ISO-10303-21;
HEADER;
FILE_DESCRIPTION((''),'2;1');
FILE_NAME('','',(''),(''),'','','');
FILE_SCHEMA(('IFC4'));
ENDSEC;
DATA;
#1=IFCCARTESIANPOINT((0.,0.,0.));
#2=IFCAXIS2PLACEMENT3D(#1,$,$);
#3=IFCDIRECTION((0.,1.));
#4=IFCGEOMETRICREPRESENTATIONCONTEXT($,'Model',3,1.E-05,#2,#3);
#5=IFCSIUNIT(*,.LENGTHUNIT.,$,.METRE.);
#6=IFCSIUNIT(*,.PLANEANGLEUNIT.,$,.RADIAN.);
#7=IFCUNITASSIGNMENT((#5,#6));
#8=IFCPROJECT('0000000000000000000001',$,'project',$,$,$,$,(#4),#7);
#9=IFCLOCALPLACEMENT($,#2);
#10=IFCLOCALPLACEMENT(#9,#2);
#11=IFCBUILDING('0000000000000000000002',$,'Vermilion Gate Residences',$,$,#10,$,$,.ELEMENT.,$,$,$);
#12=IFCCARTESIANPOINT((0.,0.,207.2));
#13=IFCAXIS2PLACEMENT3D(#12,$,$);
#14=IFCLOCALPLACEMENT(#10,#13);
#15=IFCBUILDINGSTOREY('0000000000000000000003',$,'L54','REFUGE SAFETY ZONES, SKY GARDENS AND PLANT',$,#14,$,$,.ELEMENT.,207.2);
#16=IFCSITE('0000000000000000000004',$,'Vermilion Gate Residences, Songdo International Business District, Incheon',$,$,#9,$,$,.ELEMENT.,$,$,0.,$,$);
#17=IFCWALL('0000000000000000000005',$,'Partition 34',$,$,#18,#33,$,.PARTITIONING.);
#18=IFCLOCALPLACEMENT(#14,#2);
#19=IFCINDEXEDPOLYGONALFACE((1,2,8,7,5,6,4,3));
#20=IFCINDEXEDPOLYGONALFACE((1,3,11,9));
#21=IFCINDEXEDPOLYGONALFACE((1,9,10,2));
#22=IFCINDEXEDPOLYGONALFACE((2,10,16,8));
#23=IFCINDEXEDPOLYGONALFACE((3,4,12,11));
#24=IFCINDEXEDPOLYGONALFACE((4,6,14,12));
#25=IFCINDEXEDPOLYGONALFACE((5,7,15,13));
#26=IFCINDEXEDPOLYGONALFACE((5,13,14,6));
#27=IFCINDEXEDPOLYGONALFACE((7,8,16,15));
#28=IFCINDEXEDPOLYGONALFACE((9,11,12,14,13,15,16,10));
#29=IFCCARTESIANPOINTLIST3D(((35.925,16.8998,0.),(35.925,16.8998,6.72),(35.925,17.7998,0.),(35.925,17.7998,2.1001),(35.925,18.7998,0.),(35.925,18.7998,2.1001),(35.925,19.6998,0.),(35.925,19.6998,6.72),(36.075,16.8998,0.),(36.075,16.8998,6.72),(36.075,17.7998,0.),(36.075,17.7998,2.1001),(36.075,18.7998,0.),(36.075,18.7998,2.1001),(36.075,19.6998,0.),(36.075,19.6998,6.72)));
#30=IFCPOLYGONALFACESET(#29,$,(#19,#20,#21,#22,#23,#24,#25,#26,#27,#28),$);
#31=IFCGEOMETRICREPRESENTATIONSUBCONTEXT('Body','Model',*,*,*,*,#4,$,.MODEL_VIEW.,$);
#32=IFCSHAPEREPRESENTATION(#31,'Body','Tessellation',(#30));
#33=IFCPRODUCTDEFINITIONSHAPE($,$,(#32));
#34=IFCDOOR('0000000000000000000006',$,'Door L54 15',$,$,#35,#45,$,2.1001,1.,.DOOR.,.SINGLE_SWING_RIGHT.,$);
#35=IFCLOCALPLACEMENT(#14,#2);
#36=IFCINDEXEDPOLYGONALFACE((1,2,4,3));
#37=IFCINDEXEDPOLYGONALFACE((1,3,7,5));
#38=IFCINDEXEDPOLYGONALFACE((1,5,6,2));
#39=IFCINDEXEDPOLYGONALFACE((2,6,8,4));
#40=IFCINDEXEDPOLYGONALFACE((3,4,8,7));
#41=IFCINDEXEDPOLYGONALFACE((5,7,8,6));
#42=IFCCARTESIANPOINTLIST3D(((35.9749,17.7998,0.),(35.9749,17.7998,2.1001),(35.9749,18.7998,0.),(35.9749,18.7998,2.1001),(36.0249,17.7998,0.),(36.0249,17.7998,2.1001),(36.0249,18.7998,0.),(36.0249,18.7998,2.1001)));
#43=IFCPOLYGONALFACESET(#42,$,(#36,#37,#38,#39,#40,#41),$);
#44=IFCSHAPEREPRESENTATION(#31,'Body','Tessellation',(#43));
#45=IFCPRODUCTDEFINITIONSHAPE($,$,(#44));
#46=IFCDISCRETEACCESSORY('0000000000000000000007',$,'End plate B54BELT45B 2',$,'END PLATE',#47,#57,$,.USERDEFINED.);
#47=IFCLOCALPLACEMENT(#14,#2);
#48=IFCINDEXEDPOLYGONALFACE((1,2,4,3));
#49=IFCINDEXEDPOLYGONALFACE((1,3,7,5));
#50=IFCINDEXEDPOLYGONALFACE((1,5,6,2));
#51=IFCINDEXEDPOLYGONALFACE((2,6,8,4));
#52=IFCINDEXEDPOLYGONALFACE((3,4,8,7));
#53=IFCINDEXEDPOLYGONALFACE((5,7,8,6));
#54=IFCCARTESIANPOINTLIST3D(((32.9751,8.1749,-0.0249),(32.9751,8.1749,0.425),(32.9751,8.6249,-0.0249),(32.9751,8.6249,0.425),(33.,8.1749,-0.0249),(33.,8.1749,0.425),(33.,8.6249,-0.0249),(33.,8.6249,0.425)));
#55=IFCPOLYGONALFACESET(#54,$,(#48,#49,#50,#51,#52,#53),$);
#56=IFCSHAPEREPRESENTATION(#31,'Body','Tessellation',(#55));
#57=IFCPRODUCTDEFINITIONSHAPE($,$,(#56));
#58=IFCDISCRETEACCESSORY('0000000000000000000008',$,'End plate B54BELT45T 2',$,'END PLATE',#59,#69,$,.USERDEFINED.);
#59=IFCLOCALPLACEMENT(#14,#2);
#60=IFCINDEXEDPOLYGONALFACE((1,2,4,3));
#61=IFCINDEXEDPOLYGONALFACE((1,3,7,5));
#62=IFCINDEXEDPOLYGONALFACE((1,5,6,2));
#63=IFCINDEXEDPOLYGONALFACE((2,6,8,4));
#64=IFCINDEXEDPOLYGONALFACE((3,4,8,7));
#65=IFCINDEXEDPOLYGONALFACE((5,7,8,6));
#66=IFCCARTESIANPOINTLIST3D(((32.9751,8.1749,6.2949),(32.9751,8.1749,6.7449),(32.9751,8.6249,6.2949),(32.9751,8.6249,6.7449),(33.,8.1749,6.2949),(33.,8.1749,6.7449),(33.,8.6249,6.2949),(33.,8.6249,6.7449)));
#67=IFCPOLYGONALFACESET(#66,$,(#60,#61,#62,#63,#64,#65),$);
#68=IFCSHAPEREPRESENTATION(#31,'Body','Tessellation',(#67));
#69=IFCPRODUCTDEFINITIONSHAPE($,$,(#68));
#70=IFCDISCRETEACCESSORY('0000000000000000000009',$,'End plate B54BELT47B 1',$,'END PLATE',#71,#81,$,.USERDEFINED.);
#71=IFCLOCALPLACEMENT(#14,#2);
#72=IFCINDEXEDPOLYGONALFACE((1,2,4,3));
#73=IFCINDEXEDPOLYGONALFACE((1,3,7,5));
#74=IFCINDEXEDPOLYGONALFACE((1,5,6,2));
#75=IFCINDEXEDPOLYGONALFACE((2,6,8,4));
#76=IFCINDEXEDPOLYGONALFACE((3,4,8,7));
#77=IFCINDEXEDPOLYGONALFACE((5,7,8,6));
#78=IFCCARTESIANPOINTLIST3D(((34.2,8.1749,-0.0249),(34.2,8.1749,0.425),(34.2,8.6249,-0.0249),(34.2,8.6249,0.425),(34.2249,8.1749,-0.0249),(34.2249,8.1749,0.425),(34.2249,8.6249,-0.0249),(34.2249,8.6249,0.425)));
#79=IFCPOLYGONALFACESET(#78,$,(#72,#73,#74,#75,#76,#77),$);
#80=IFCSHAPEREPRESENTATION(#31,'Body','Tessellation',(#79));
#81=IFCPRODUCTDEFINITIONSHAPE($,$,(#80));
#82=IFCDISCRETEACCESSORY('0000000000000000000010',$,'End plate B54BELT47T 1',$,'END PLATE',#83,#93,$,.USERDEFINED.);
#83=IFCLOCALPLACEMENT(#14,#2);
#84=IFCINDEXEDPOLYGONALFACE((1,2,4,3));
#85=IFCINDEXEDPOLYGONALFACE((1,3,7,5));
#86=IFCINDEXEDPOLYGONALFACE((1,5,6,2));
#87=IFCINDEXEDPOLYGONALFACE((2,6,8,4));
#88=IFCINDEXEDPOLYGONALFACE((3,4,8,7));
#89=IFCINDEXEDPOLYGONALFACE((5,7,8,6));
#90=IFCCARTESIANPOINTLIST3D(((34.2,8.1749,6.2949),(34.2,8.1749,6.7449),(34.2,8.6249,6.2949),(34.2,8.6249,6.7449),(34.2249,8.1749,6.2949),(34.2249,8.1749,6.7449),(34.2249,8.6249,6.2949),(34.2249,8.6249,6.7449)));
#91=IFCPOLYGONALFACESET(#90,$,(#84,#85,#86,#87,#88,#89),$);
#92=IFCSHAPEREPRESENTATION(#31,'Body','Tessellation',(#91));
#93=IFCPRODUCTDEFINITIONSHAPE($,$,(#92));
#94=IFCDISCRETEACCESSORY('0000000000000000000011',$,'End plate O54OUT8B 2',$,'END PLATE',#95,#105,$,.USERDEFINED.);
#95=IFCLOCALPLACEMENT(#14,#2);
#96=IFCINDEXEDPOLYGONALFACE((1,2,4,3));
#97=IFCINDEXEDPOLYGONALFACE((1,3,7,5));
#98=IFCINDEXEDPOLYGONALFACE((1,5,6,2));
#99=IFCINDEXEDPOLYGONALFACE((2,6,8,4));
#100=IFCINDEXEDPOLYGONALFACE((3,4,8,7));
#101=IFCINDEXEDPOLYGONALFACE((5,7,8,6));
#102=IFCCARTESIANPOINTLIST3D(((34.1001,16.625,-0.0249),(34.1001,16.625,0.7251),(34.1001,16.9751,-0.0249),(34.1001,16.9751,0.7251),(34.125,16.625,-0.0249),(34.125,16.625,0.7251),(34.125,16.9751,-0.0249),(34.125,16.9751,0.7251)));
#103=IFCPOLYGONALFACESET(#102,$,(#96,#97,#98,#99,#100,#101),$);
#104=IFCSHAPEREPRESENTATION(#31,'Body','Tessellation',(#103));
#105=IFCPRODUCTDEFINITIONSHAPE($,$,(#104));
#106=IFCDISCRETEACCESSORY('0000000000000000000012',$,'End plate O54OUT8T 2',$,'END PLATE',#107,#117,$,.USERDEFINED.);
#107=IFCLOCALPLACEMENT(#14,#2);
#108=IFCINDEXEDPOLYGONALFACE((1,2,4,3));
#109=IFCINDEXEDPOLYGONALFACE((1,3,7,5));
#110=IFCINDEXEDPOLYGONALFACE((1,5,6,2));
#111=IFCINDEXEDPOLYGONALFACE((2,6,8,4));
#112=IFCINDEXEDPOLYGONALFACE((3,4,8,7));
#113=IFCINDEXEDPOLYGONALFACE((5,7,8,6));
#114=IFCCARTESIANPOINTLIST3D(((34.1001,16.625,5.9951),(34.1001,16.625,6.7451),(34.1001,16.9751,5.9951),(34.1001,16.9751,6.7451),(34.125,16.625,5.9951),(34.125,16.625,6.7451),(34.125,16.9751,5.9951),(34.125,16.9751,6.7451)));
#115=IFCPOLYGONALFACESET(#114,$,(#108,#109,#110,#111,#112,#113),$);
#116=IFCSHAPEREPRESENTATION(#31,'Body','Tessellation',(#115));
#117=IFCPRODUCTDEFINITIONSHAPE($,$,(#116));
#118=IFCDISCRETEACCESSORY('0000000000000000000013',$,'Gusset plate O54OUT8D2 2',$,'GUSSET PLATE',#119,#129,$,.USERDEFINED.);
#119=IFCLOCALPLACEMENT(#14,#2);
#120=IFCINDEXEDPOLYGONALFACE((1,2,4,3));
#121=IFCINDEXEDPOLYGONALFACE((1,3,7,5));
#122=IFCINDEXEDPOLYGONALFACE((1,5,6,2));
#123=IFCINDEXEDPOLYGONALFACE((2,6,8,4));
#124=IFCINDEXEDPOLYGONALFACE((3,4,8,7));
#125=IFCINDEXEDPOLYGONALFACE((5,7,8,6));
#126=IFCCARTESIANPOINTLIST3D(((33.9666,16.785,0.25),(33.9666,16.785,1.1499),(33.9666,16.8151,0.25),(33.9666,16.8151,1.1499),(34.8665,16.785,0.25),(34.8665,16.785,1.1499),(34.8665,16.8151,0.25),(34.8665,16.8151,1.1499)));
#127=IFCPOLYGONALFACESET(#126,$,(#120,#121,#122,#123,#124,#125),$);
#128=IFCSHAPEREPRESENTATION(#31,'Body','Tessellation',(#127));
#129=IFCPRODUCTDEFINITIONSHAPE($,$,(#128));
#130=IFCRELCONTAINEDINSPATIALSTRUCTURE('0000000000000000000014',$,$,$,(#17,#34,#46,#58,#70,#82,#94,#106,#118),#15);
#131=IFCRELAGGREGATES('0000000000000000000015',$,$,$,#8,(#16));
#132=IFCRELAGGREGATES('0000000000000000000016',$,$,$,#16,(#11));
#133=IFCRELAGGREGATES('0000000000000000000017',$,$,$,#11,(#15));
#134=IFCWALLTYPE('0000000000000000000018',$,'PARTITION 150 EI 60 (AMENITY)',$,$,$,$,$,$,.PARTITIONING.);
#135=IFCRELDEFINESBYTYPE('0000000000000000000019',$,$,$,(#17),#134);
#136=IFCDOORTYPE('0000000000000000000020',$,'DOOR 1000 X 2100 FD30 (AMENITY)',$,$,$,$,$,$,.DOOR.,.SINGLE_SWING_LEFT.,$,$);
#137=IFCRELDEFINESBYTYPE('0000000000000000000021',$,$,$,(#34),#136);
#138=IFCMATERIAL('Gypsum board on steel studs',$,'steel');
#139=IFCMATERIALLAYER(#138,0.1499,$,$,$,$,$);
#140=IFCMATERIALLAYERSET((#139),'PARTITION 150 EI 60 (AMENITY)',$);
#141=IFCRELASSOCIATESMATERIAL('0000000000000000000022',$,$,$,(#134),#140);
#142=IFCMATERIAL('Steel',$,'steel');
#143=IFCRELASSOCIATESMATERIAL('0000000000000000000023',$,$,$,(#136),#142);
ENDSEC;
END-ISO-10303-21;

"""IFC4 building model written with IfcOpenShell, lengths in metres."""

from ifc_helpers import new_model, si_unit, direction, frame, frame_2d, origin, origin_2d, place, context, subcontext, project, spatial, rectangle, extrude, material, layer, layer_set, type_object, element, fill, save


model = new_model("IFC4")

# Units and contexts
model_context = context("Model", 3, precision=1e-05, world=origin(), true_north=direction((0.0, 1.0)))
body_context = subcontext(model_context, "Body", "Model", "MODEL_VIEW")
ifc_project = project(units=[si_unit("LENGTHUNIT", "METRE"), si_unit("PLANEANGLEUNIT", "RADIAN")], contexts=[model_context])

# Site, building, storey
site_placement = place(None, origin())
site = spatial("IfcSite", under=ifc_project, at=site_placement, Name="Vermilion Gate Residences, Songdo International Business District, Incheon", CompositionType="ELEMENT", RefElevation=0.0)
building_placement = place(site_placement, origin())
building = spatial("IfcBuilding", under=site, at=building_placement, Name="Vermilion Gate Residences", CompositionType="ELEMENT")
storey_placement = place(building_placement, frame((0.0, 0.0, 207.2)))
storey = spatial("IfcBuildingStorey", under=building, at=storey_placement, Name="L54", Description="REFUGE SAFETY ZONES, SKY GARDENS AND PLANT", CompositionType="ELEMENT", Elevation=207.2)

# Wall, opening, door
ifc_material_1 = material(Name="Gypsum board on steel studs", Category="steel")
ifc_layer_1 = layer(ifc_material_1, 0.1499)
ifc_layer_set_1 = layer_set([ifc_layer_1], Name="PARTITION 150 EI 60 (AMENITY)")
wall_type_1 = type_object("IfcWallType", Name="PARTITION 150 EI 60 (AMENITY)", PredefinedType="PARTITIONING", material=ifc_layer_set_1)
wall_1_placement = place(storey_placement, frame((36.0, 16.8999, 0.0), z_axis=(0.0, 0.0, 1.0), x_axis=(0.0, 1.0, 0.0)))
wall_1 = element("IfcWall", 1, at=wall_1_placement, inside=storey, type_object=wall_type_1, Name="Partition 34", PredefinedType="PARTITIONING", context=body_context, shape_type="SweptSolid", body=[
    extrude(rectangle(XDim=2.8, YDim=0.1499, at=frame_2d((1.3999, 0.0))), origin(), (0.0, 0.0, 1.0), 6.72),
])
opening_1_placement = place(wall_1_placement, frame((0.8999, 0.0, 0.0)))
opening_1 = element("IfcOpeningElement", 2, at=opening_1_placement, cuts=wall_1, PredefinedType="OPENING", context=body_context, shape_type="SweptSolid", body=[
    extrude(rectangle(XDim=1.0, YDim=2.1001, at=frame_2d((0.5, 1.05))), frame((0.0, 0.085, 0.0), z_axis=(0.0, -1.0, 0.0), x_axis=(1.0, 0.0, 0.0)), (0.0, 0.0, 1.0), 0.1699),
])
ifc_material_2 = material(Name="Steel", Category="steel")
door_type_1 = type_object("IfcDoorType", Name="DOOR 1000 X 2100 FD30 (AMENITY)", OperationType="SINGLE_SWING_LEFT", PredefinedType="DOOR", material=ifc_material_2)
door_1_placement = place(opening_1_placement, frame((1.0, 0.0, 0.0), z_axis=(0.0, 0.0, 1.0), x_axis=(-1.0, 0.0, 0.0)))
door_1 = element("IfcDoor", 3, at=door_1_placement, inside=storey, type_object=door_type_1, Name="Door L54 15", OperationType="SINGLE_SWING_RIGHT", OverallHeight=2.1001, OverallWidth=1.0, PredefinedType="DOOR", context=body_context, shape_type="SweptSolid", body=[
    extrude(rectangle(XDim=1.0, YDim=2.1001, at=frame_2d((0.5, 1.05))), frame((0.0, 0.0249, 0.0), z_axis=(0.0, -1.0, 0.0), x_axis=(1.0, 0.0, 0.0)), (0.0, 0.0, 1.0), 0.05),
])
fill(opening_1, door_1)

# Discrete accessories
for number, where, z_axis, x_axis, name in (
    (4, (32.9875, 8.3999, -0.0249), (0.0, 0.0, 1.0), (1.0, 0.0, 0.0), "End plate B54BELT45B 2"),
    (5, (32.9875, 8.3999, 6.2949), (0.0, 0.0, 1.0), (1.0, 0.0, 0.0), "End plate B54BELT45T 2"),
    (6, (34.2124, 8.3999, -0.0249), (0.0, 0.0, 1.0), (1.0, 0.0, 0.0), "End plate B54BELT47B 1"),
    (7, (34.2124, 8.3999, 6.2949), (0.0, 0.0, 1.0), (1.0, 0.0, 0.0), "End plate B54BELT47T 1"),
):
    element("IfcDiscreteAccessory", number, at=place(storey_placement, frame(where, z_axis=z_axis, x_axis=x_axis)), inside=storey, Name=name, ObjectType="END PLATE", PredefinedType="USERDEFINED", context=body_context, shape_type="SweptSolid", body=[
        extrude(rectangle(XDim=0.0249, YDim=0.45, at=origin_2d()), origin(), (0.0, 0.0, 1.0), 0.45),
    ])
for number, where, z_axis, x_axis, name in (
    (8, (34.1125, 16.8, -0.0249), (0.0, 0.0, 1.0), (1.0, 0.0, 0.0), "End plate O54OUT8B 2"),
    (9, (34.1125, 16.8, 5.9951), (0.0, 0.0, 1.0), (1.0, 0.0, 0.0), "End plate O54OUT8T 2"),
):
    element("IfcDiscreteAccessory", number, at=place(storey_placement, frame(where, z_axis=z_axis, x_axis=x_axis)), inside=storey, Name=name, ObjectType="END PLATE", PredefinedType="USERDEFINED", context=body_context, shape_type="SweptSolid", body=[
        extrude(rectangle(XDim=0.0249, YDim=0.3501, at=origin_2d()), origin(), (0.0, 0.0, 1.0), 0.75),
    ])
discrete_accessory_placement = place(storey_placement, frame((34.4165, 16.8, 0.25), z_axis=(0.0, 0.0, 1.0), x_axis=(1.0, 0.0, 0.0)))
element("IfcDiscreteAccessory", 10, at=discrete_accessory_placement, inside=storey, Name="Gusset plate O54OUT8D2 2", ObjectType="GUSSET PLATE", PredefinedType="USERDEFINED", context=body_context, shape_type="SweptSolid", body=[
    extrude(rectangle(XDim=0.8999, YDim=0.03, at=origin_2d()), origin(), (0.0, 0.0, 1.0), 0.8999),
])

save(model, "model.ifc")
